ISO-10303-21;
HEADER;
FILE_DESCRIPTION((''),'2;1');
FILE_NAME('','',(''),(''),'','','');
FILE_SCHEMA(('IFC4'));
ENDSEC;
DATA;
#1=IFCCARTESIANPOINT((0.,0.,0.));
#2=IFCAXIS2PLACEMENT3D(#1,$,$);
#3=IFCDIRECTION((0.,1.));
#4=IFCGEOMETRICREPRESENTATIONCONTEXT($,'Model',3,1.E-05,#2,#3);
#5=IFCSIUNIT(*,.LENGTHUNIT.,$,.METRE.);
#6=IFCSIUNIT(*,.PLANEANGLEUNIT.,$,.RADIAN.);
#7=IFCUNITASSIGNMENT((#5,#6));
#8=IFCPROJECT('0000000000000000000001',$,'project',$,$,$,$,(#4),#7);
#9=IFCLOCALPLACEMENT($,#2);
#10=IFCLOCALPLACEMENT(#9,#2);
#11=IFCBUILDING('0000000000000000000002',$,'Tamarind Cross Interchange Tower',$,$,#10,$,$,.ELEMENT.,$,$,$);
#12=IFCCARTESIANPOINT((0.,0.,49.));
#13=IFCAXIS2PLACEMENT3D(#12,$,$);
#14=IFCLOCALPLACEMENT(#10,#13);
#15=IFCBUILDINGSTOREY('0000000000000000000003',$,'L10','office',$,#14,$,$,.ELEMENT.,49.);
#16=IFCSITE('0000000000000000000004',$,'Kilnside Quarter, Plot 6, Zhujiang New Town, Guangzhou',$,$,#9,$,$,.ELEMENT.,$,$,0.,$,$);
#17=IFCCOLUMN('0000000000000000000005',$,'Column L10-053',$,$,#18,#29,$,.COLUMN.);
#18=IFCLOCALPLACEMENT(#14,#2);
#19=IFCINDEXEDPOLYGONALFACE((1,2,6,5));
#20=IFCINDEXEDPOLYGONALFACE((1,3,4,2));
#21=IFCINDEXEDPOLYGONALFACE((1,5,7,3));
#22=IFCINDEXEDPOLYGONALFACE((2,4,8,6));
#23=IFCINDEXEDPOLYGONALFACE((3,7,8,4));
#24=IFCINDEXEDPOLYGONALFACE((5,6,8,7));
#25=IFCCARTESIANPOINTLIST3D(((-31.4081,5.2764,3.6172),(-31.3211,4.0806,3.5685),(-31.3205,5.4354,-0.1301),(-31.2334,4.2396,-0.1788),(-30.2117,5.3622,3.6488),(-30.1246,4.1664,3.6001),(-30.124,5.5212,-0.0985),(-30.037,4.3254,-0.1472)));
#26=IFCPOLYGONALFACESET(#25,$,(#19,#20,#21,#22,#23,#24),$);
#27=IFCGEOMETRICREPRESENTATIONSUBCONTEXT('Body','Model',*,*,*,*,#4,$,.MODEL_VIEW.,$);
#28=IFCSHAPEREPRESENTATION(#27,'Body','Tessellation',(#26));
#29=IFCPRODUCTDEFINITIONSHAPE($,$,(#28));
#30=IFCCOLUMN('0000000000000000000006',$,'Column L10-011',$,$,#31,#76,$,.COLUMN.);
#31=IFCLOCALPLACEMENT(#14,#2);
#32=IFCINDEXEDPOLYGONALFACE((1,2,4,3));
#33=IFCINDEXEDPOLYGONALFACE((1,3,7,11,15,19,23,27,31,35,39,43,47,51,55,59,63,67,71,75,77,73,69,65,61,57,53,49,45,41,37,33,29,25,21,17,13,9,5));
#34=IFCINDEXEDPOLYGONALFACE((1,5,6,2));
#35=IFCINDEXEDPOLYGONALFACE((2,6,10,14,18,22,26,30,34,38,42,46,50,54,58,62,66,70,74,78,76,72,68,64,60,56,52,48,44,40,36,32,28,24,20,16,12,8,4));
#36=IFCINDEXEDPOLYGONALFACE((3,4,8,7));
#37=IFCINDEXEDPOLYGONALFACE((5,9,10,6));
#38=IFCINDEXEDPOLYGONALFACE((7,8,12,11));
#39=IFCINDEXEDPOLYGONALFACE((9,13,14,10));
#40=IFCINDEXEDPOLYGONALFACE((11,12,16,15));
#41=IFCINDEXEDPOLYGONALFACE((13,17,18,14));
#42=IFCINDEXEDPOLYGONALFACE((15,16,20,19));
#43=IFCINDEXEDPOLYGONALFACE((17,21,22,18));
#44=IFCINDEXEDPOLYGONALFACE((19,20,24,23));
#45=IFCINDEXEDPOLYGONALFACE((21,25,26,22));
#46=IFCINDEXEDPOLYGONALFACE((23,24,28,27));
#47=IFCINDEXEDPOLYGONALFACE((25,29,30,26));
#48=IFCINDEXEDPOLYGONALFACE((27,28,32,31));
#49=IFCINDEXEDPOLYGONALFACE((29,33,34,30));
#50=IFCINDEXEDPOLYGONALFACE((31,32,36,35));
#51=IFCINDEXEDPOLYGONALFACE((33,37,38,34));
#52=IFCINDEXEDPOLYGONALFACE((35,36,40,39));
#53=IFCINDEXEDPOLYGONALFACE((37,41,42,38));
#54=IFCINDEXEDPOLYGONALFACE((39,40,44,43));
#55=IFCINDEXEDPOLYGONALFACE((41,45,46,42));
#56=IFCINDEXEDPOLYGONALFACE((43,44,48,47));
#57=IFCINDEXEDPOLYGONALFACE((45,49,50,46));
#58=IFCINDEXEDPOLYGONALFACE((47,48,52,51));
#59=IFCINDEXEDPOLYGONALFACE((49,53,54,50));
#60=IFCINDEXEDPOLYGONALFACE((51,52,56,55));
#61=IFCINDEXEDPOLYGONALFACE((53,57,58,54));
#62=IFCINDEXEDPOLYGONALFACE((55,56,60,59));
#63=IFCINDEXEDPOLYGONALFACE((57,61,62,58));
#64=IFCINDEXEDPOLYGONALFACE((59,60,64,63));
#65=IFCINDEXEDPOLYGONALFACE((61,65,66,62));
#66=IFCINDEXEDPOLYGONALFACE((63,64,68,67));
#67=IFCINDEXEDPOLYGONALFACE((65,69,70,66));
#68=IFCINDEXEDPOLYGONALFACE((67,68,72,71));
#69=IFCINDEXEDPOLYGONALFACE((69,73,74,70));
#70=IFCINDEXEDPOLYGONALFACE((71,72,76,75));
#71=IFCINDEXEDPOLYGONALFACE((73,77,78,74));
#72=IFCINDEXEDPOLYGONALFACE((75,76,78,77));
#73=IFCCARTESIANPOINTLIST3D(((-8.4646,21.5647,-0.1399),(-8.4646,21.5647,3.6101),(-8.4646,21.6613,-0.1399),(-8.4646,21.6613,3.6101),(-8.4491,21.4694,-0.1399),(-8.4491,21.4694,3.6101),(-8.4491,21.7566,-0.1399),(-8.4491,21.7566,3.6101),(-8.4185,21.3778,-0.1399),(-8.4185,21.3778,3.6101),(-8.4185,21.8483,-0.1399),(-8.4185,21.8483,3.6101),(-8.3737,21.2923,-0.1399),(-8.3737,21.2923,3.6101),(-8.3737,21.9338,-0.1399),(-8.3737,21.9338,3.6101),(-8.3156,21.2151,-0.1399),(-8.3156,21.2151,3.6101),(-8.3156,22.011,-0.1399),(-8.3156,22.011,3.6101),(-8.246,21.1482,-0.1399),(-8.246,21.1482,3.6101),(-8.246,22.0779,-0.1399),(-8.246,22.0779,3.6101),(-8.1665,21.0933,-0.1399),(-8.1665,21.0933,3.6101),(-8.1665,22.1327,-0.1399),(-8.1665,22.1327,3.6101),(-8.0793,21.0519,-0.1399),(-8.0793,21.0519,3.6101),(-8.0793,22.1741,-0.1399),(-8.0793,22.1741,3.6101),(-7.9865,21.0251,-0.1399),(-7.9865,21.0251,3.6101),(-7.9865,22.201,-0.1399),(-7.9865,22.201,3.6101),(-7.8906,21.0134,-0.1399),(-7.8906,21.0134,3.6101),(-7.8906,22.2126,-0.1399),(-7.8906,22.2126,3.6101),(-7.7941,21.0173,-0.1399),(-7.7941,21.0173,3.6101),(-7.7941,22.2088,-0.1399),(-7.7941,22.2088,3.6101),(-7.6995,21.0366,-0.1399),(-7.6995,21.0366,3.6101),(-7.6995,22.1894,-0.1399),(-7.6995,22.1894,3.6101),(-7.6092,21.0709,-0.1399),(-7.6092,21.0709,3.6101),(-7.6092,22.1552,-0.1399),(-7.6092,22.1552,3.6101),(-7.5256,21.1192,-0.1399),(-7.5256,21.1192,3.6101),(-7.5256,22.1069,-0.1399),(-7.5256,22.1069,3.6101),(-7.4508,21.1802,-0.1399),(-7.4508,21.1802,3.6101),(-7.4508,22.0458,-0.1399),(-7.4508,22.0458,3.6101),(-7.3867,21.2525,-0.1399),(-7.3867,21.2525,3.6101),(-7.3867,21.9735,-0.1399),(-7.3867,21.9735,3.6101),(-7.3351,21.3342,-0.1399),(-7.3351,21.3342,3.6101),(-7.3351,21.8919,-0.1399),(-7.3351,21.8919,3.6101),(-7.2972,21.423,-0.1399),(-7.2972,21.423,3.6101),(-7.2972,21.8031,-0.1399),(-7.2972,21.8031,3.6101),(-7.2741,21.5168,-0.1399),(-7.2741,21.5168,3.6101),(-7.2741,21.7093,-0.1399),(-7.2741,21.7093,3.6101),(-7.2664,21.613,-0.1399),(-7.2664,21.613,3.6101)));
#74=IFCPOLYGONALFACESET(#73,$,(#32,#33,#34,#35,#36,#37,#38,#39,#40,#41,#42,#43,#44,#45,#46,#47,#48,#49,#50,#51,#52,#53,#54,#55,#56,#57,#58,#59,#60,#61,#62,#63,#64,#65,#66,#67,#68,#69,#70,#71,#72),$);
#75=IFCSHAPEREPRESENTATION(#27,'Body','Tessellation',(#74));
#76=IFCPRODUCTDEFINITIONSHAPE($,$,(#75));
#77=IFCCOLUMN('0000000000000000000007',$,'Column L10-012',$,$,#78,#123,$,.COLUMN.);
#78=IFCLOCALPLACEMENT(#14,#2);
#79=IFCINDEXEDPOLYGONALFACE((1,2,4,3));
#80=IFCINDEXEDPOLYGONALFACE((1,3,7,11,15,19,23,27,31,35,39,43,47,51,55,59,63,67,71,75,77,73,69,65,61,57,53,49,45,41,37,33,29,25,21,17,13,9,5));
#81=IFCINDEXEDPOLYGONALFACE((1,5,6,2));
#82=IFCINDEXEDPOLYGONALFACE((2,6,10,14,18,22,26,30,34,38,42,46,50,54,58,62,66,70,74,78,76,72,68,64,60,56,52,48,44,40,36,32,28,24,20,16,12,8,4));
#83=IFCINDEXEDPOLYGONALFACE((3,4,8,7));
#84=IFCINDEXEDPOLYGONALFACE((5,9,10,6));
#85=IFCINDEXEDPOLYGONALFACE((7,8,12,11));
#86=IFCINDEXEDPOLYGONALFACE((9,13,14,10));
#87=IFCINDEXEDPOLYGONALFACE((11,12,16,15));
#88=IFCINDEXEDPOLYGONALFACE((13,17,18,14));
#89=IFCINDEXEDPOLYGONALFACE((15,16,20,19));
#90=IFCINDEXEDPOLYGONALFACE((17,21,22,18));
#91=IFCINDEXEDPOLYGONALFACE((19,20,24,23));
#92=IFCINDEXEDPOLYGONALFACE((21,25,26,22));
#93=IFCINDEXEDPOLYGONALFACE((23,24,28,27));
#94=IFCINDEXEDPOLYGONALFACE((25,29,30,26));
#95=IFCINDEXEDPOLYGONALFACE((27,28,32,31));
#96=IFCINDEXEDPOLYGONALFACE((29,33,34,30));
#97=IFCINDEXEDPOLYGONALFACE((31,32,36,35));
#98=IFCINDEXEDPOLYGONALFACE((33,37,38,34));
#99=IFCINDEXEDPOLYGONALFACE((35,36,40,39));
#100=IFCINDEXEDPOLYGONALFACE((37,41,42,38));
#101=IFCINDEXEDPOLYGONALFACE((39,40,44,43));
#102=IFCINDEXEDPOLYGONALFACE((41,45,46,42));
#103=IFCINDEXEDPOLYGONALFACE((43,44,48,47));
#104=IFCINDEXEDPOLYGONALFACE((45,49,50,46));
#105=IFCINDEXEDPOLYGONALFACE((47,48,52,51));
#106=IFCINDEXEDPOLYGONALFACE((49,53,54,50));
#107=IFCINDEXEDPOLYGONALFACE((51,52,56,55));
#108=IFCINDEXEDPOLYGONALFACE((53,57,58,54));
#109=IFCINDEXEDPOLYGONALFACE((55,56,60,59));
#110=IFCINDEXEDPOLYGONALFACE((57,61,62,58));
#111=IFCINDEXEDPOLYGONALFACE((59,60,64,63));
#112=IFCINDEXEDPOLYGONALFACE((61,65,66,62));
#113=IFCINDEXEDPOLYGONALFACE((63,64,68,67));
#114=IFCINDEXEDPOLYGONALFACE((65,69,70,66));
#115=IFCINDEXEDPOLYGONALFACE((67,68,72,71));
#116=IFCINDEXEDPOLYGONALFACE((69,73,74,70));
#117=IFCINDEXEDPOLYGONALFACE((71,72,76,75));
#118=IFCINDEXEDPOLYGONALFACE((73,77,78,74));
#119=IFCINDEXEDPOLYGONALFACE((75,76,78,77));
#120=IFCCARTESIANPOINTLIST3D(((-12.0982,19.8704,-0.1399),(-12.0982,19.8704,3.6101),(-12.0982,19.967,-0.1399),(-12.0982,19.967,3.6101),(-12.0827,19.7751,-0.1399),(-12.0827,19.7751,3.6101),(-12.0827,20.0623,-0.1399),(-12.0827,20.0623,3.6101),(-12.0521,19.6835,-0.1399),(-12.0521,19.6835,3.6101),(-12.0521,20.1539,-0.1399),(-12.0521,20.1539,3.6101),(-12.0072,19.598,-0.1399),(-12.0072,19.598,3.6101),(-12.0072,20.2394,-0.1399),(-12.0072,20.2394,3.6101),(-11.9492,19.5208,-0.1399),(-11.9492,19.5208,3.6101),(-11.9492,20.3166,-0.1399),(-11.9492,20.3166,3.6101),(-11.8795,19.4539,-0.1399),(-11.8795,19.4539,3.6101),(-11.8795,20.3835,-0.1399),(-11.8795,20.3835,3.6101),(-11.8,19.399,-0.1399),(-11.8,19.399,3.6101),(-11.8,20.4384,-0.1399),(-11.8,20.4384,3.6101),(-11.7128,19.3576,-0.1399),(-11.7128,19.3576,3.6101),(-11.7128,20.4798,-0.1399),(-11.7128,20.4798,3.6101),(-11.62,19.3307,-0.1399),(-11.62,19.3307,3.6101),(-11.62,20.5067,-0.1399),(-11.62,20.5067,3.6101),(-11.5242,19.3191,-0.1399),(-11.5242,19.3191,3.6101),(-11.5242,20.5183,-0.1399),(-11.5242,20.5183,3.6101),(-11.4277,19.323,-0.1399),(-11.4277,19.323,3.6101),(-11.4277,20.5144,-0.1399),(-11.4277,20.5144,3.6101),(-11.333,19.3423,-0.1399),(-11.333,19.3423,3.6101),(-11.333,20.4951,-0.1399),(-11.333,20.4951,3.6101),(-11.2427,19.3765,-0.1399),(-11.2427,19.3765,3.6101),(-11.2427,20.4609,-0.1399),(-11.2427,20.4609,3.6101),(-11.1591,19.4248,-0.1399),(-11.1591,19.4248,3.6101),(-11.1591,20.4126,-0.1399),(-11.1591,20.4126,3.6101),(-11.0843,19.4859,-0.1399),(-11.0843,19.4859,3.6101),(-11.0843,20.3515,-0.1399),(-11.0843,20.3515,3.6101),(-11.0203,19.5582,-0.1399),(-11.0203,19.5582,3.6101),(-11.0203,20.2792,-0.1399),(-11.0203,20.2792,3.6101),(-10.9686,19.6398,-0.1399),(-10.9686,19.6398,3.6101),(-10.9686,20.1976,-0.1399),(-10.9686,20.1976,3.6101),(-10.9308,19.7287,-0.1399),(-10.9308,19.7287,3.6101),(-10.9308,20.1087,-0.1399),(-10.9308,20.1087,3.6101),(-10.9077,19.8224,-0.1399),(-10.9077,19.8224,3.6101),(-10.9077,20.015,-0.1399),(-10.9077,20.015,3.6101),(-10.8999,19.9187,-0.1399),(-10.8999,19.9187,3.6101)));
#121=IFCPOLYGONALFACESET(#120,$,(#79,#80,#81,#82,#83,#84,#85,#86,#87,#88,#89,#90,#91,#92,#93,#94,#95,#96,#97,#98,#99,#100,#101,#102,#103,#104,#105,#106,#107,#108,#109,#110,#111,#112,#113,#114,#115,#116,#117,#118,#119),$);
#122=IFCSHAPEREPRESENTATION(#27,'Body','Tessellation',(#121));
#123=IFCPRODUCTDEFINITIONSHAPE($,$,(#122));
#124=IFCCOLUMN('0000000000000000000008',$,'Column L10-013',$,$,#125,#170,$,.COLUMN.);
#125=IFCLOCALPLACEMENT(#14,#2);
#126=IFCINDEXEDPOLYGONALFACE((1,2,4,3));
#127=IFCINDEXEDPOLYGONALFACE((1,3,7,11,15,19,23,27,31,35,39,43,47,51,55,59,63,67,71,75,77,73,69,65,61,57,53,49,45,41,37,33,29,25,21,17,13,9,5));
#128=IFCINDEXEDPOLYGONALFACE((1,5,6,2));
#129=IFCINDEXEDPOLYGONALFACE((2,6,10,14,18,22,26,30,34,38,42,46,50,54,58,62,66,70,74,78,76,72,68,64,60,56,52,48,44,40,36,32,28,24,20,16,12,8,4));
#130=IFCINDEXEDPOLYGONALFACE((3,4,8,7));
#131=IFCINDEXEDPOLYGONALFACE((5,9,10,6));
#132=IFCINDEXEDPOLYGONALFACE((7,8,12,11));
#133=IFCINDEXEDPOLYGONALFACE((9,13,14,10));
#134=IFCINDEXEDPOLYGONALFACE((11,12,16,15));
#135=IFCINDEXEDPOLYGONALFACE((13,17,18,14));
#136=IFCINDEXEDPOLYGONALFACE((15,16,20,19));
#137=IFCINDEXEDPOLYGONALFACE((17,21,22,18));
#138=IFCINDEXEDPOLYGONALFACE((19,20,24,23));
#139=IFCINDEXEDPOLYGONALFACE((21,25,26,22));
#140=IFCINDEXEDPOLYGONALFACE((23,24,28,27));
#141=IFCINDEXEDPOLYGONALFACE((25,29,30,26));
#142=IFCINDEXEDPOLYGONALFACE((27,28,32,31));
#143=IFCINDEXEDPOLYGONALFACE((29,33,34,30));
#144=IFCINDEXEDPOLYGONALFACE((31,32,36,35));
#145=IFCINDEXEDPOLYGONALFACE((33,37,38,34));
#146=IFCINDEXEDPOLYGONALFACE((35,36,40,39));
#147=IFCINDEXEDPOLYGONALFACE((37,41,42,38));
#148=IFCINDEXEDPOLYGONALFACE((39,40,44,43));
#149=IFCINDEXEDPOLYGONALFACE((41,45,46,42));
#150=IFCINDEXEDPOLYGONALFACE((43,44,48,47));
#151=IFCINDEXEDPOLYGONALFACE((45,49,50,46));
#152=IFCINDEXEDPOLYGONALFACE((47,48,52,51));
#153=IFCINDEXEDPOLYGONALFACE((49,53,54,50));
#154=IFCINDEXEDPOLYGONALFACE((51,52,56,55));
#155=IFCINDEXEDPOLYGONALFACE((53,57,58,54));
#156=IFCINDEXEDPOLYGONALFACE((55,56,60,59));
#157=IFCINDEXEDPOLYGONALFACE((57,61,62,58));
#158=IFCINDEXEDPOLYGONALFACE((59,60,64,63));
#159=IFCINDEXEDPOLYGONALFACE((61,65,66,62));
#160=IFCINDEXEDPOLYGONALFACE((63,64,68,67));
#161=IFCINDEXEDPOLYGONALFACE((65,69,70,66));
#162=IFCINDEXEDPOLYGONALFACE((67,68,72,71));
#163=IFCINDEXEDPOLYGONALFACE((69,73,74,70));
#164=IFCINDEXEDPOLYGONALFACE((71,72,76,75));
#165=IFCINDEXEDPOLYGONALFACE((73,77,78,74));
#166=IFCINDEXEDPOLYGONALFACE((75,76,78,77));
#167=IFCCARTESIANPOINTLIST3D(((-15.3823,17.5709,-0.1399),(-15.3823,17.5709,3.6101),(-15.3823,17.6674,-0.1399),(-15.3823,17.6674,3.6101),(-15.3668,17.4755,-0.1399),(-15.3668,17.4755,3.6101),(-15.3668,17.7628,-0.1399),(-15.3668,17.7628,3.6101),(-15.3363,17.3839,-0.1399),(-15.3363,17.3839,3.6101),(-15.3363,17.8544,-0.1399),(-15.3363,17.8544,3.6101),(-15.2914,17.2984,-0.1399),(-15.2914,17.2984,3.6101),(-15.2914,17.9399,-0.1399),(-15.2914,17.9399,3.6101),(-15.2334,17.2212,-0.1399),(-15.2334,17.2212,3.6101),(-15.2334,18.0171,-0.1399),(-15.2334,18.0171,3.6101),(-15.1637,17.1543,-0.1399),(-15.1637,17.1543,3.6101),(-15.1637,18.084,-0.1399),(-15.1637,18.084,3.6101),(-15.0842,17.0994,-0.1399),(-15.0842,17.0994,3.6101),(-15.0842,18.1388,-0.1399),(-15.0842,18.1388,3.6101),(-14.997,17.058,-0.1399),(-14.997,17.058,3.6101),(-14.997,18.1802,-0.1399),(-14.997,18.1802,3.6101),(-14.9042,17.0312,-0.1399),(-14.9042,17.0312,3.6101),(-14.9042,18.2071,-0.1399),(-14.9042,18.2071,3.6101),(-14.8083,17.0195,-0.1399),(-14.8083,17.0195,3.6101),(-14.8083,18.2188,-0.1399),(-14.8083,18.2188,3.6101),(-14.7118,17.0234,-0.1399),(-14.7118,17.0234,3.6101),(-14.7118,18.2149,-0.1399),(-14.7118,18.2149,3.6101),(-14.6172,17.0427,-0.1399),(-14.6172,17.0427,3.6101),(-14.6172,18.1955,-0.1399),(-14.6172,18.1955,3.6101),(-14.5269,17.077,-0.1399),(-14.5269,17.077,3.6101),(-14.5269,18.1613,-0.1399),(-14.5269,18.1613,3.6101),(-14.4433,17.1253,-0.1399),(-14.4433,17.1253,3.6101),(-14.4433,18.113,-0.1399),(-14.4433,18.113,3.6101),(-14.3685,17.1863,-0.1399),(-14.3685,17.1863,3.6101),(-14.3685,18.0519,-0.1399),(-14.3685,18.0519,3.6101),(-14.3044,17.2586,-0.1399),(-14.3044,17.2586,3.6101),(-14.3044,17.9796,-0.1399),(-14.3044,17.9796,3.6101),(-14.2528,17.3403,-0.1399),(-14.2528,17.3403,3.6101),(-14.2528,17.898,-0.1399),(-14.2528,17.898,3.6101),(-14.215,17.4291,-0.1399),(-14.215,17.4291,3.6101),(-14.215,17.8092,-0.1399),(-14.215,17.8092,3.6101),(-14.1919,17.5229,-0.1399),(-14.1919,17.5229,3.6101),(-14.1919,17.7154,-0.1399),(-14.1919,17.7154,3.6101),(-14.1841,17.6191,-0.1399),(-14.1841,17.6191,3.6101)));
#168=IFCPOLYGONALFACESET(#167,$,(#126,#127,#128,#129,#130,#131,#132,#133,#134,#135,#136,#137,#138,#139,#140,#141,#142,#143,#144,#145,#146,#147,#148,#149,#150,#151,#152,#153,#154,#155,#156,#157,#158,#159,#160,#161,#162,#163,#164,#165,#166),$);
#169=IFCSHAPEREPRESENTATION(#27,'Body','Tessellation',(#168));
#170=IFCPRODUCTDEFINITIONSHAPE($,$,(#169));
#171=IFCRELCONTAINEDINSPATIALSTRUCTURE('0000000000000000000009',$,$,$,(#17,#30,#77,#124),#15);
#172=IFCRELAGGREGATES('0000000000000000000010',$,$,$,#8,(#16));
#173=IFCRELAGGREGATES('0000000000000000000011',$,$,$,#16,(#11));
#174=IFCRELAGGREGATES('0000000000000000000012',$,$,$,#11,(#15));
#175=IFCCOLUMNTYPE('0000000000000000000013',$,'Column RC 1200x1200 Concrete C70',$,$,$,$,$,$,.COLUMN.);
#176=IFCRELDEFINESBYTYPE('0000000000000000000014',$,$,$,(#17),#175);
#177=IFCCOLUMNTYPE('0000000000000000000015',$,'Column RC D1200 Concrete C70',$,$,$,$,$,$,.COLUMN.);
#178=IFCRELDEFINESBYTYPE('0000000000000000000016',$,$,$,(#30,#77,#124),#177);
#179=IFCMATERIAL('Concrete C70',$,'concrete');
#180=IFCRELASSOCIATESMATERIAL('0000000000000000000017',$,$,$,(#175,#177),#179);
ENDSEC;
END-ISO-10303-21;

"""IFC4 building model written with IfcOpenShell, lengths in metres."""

from ifc_helpers import new_model, si_unit, direction, frame, origin, origin_2d, place, context, subcontext, project, spatial, rectangle, circle, extrude, material, material_profile, profile_set, type_object, element, save


model = new_model("IFC4")

# Units and contexts
model_context = context("Model", 3, precision=1e-05, world=origin(), true_north=direction((0.0, 1.0)))
body_context = subcontext(model_context, "Body", "Model", "MODEL_VIEW")
ifc_project = project(units=[si_unit("LENGTHUNIT", "METRE"), si_unit("PLANEANGLEUNIT", "RADIAN")], contexts=[model_context])

# Site, building, storey
site_placement = place(None, origin())
site = spatial("IfcSite", under=ifc_project, at=site_placement, Name="Kilnside Quarter, Plot 6, Zhujiang New Town, Guangzhou", CompositionType="ELEMENT", RefElevation=0.0)
building_placement = place(site_placement, origin())
building = spatial("IfcBuilding", under=site, at=building_placement, Name="Tamarind Cross Interchange Tower", CompositionType="ELEMENT")
storey_placement = place(building_placement, frame((0.0, 0.0, 49.0)))
storey = spatial("IfcBuildingStorey", under=building, at=storey_placement, Name="L10", Description="office", CompositionType="ELEMENT", Elevation=49.0)

# Columns
ifc_material_1 = material(Name="Concrete C70", Category="concrete")
ifc_material_profile_1 = material_profile(ifc_material_1, rectangle(XDim=1.2, YDim=1.2, at=origin_2d()), Name="RC 1200x1200")
ifc_profile_set_1 = profile_set([ifc_material_profile_1], Name="Concrete C70")
column_type_1 = type_object("IfcColumnType", Name="Column RC 1200x1200 Concrete C70", PredefinedType="COLUMN", material=ifc_profile_set_1)
column_placement = place(storey_placement, frame((-30.6787, 4.8804, -0.1387), z_axis=(-0.023362, -0.042364, 0.998829), x_axis=(0.997091, 0.071515, 0.026354)))
element("IfcColumn", 1, at=column_placement, inside=storey, type_object=column_type_1, Name="Column L10-053", PredefinedType="COLUMN", context=body_context, shape_type="SweptSolid", body=[
    extrude(rectangle(XDim=1.2, YDim=1.2, at=origin_2d()), origin(), (0.0, 0.0, 1.0), 3.7517),
])
ifc_material_profile_2 = material_profile(ifc_material_1, circle(Radius=0.6001, at=origin_2d()), Name="RC D1200")
ifc_profile_set_2 = profile_set([ifc_material_profile_2], Name="Concrete C70")
column_type_2 = type_object("IfcColumnType", Name="Column RC D1200 Concrete C70", PredefinedType="COLUMN", material=ifc_profile_set_2)
for number, where, z_axis, x_axis, name in (
    (2, (-7.8665, 21.613, -0.1399), (0.0, 0.0, 1.0), (1.0, 0.0, 0.0), "Column L10-011"),
    (3, (-11.5, 19.9187, -0.1399), (0.0, 0.0, 1.0), (1.0, 0.0, 0.0), "Column L10-012"),
    (4, (-14.7842, 17.6191, -0.1399), (0.0, 0.0, 1.0), (1.0, 0.0, 0.0), "Column L10-013"),
):
    element("IfcColumn", number, at=place(storey_placement, frame(where, z_axis=z_axis, x_axis=x_axis)), inside=storey, type_object=column_type_2, Name=name, PredefinedType="COLUMN", context=body_context, shape_type="SweptSolid", body=[
        extrude(circle(Radius=0.6001, at=origin_2d()), origin(), (0.0, 0.0, 1.0), 3.75),
    ])

save(model, "model.ifc")
